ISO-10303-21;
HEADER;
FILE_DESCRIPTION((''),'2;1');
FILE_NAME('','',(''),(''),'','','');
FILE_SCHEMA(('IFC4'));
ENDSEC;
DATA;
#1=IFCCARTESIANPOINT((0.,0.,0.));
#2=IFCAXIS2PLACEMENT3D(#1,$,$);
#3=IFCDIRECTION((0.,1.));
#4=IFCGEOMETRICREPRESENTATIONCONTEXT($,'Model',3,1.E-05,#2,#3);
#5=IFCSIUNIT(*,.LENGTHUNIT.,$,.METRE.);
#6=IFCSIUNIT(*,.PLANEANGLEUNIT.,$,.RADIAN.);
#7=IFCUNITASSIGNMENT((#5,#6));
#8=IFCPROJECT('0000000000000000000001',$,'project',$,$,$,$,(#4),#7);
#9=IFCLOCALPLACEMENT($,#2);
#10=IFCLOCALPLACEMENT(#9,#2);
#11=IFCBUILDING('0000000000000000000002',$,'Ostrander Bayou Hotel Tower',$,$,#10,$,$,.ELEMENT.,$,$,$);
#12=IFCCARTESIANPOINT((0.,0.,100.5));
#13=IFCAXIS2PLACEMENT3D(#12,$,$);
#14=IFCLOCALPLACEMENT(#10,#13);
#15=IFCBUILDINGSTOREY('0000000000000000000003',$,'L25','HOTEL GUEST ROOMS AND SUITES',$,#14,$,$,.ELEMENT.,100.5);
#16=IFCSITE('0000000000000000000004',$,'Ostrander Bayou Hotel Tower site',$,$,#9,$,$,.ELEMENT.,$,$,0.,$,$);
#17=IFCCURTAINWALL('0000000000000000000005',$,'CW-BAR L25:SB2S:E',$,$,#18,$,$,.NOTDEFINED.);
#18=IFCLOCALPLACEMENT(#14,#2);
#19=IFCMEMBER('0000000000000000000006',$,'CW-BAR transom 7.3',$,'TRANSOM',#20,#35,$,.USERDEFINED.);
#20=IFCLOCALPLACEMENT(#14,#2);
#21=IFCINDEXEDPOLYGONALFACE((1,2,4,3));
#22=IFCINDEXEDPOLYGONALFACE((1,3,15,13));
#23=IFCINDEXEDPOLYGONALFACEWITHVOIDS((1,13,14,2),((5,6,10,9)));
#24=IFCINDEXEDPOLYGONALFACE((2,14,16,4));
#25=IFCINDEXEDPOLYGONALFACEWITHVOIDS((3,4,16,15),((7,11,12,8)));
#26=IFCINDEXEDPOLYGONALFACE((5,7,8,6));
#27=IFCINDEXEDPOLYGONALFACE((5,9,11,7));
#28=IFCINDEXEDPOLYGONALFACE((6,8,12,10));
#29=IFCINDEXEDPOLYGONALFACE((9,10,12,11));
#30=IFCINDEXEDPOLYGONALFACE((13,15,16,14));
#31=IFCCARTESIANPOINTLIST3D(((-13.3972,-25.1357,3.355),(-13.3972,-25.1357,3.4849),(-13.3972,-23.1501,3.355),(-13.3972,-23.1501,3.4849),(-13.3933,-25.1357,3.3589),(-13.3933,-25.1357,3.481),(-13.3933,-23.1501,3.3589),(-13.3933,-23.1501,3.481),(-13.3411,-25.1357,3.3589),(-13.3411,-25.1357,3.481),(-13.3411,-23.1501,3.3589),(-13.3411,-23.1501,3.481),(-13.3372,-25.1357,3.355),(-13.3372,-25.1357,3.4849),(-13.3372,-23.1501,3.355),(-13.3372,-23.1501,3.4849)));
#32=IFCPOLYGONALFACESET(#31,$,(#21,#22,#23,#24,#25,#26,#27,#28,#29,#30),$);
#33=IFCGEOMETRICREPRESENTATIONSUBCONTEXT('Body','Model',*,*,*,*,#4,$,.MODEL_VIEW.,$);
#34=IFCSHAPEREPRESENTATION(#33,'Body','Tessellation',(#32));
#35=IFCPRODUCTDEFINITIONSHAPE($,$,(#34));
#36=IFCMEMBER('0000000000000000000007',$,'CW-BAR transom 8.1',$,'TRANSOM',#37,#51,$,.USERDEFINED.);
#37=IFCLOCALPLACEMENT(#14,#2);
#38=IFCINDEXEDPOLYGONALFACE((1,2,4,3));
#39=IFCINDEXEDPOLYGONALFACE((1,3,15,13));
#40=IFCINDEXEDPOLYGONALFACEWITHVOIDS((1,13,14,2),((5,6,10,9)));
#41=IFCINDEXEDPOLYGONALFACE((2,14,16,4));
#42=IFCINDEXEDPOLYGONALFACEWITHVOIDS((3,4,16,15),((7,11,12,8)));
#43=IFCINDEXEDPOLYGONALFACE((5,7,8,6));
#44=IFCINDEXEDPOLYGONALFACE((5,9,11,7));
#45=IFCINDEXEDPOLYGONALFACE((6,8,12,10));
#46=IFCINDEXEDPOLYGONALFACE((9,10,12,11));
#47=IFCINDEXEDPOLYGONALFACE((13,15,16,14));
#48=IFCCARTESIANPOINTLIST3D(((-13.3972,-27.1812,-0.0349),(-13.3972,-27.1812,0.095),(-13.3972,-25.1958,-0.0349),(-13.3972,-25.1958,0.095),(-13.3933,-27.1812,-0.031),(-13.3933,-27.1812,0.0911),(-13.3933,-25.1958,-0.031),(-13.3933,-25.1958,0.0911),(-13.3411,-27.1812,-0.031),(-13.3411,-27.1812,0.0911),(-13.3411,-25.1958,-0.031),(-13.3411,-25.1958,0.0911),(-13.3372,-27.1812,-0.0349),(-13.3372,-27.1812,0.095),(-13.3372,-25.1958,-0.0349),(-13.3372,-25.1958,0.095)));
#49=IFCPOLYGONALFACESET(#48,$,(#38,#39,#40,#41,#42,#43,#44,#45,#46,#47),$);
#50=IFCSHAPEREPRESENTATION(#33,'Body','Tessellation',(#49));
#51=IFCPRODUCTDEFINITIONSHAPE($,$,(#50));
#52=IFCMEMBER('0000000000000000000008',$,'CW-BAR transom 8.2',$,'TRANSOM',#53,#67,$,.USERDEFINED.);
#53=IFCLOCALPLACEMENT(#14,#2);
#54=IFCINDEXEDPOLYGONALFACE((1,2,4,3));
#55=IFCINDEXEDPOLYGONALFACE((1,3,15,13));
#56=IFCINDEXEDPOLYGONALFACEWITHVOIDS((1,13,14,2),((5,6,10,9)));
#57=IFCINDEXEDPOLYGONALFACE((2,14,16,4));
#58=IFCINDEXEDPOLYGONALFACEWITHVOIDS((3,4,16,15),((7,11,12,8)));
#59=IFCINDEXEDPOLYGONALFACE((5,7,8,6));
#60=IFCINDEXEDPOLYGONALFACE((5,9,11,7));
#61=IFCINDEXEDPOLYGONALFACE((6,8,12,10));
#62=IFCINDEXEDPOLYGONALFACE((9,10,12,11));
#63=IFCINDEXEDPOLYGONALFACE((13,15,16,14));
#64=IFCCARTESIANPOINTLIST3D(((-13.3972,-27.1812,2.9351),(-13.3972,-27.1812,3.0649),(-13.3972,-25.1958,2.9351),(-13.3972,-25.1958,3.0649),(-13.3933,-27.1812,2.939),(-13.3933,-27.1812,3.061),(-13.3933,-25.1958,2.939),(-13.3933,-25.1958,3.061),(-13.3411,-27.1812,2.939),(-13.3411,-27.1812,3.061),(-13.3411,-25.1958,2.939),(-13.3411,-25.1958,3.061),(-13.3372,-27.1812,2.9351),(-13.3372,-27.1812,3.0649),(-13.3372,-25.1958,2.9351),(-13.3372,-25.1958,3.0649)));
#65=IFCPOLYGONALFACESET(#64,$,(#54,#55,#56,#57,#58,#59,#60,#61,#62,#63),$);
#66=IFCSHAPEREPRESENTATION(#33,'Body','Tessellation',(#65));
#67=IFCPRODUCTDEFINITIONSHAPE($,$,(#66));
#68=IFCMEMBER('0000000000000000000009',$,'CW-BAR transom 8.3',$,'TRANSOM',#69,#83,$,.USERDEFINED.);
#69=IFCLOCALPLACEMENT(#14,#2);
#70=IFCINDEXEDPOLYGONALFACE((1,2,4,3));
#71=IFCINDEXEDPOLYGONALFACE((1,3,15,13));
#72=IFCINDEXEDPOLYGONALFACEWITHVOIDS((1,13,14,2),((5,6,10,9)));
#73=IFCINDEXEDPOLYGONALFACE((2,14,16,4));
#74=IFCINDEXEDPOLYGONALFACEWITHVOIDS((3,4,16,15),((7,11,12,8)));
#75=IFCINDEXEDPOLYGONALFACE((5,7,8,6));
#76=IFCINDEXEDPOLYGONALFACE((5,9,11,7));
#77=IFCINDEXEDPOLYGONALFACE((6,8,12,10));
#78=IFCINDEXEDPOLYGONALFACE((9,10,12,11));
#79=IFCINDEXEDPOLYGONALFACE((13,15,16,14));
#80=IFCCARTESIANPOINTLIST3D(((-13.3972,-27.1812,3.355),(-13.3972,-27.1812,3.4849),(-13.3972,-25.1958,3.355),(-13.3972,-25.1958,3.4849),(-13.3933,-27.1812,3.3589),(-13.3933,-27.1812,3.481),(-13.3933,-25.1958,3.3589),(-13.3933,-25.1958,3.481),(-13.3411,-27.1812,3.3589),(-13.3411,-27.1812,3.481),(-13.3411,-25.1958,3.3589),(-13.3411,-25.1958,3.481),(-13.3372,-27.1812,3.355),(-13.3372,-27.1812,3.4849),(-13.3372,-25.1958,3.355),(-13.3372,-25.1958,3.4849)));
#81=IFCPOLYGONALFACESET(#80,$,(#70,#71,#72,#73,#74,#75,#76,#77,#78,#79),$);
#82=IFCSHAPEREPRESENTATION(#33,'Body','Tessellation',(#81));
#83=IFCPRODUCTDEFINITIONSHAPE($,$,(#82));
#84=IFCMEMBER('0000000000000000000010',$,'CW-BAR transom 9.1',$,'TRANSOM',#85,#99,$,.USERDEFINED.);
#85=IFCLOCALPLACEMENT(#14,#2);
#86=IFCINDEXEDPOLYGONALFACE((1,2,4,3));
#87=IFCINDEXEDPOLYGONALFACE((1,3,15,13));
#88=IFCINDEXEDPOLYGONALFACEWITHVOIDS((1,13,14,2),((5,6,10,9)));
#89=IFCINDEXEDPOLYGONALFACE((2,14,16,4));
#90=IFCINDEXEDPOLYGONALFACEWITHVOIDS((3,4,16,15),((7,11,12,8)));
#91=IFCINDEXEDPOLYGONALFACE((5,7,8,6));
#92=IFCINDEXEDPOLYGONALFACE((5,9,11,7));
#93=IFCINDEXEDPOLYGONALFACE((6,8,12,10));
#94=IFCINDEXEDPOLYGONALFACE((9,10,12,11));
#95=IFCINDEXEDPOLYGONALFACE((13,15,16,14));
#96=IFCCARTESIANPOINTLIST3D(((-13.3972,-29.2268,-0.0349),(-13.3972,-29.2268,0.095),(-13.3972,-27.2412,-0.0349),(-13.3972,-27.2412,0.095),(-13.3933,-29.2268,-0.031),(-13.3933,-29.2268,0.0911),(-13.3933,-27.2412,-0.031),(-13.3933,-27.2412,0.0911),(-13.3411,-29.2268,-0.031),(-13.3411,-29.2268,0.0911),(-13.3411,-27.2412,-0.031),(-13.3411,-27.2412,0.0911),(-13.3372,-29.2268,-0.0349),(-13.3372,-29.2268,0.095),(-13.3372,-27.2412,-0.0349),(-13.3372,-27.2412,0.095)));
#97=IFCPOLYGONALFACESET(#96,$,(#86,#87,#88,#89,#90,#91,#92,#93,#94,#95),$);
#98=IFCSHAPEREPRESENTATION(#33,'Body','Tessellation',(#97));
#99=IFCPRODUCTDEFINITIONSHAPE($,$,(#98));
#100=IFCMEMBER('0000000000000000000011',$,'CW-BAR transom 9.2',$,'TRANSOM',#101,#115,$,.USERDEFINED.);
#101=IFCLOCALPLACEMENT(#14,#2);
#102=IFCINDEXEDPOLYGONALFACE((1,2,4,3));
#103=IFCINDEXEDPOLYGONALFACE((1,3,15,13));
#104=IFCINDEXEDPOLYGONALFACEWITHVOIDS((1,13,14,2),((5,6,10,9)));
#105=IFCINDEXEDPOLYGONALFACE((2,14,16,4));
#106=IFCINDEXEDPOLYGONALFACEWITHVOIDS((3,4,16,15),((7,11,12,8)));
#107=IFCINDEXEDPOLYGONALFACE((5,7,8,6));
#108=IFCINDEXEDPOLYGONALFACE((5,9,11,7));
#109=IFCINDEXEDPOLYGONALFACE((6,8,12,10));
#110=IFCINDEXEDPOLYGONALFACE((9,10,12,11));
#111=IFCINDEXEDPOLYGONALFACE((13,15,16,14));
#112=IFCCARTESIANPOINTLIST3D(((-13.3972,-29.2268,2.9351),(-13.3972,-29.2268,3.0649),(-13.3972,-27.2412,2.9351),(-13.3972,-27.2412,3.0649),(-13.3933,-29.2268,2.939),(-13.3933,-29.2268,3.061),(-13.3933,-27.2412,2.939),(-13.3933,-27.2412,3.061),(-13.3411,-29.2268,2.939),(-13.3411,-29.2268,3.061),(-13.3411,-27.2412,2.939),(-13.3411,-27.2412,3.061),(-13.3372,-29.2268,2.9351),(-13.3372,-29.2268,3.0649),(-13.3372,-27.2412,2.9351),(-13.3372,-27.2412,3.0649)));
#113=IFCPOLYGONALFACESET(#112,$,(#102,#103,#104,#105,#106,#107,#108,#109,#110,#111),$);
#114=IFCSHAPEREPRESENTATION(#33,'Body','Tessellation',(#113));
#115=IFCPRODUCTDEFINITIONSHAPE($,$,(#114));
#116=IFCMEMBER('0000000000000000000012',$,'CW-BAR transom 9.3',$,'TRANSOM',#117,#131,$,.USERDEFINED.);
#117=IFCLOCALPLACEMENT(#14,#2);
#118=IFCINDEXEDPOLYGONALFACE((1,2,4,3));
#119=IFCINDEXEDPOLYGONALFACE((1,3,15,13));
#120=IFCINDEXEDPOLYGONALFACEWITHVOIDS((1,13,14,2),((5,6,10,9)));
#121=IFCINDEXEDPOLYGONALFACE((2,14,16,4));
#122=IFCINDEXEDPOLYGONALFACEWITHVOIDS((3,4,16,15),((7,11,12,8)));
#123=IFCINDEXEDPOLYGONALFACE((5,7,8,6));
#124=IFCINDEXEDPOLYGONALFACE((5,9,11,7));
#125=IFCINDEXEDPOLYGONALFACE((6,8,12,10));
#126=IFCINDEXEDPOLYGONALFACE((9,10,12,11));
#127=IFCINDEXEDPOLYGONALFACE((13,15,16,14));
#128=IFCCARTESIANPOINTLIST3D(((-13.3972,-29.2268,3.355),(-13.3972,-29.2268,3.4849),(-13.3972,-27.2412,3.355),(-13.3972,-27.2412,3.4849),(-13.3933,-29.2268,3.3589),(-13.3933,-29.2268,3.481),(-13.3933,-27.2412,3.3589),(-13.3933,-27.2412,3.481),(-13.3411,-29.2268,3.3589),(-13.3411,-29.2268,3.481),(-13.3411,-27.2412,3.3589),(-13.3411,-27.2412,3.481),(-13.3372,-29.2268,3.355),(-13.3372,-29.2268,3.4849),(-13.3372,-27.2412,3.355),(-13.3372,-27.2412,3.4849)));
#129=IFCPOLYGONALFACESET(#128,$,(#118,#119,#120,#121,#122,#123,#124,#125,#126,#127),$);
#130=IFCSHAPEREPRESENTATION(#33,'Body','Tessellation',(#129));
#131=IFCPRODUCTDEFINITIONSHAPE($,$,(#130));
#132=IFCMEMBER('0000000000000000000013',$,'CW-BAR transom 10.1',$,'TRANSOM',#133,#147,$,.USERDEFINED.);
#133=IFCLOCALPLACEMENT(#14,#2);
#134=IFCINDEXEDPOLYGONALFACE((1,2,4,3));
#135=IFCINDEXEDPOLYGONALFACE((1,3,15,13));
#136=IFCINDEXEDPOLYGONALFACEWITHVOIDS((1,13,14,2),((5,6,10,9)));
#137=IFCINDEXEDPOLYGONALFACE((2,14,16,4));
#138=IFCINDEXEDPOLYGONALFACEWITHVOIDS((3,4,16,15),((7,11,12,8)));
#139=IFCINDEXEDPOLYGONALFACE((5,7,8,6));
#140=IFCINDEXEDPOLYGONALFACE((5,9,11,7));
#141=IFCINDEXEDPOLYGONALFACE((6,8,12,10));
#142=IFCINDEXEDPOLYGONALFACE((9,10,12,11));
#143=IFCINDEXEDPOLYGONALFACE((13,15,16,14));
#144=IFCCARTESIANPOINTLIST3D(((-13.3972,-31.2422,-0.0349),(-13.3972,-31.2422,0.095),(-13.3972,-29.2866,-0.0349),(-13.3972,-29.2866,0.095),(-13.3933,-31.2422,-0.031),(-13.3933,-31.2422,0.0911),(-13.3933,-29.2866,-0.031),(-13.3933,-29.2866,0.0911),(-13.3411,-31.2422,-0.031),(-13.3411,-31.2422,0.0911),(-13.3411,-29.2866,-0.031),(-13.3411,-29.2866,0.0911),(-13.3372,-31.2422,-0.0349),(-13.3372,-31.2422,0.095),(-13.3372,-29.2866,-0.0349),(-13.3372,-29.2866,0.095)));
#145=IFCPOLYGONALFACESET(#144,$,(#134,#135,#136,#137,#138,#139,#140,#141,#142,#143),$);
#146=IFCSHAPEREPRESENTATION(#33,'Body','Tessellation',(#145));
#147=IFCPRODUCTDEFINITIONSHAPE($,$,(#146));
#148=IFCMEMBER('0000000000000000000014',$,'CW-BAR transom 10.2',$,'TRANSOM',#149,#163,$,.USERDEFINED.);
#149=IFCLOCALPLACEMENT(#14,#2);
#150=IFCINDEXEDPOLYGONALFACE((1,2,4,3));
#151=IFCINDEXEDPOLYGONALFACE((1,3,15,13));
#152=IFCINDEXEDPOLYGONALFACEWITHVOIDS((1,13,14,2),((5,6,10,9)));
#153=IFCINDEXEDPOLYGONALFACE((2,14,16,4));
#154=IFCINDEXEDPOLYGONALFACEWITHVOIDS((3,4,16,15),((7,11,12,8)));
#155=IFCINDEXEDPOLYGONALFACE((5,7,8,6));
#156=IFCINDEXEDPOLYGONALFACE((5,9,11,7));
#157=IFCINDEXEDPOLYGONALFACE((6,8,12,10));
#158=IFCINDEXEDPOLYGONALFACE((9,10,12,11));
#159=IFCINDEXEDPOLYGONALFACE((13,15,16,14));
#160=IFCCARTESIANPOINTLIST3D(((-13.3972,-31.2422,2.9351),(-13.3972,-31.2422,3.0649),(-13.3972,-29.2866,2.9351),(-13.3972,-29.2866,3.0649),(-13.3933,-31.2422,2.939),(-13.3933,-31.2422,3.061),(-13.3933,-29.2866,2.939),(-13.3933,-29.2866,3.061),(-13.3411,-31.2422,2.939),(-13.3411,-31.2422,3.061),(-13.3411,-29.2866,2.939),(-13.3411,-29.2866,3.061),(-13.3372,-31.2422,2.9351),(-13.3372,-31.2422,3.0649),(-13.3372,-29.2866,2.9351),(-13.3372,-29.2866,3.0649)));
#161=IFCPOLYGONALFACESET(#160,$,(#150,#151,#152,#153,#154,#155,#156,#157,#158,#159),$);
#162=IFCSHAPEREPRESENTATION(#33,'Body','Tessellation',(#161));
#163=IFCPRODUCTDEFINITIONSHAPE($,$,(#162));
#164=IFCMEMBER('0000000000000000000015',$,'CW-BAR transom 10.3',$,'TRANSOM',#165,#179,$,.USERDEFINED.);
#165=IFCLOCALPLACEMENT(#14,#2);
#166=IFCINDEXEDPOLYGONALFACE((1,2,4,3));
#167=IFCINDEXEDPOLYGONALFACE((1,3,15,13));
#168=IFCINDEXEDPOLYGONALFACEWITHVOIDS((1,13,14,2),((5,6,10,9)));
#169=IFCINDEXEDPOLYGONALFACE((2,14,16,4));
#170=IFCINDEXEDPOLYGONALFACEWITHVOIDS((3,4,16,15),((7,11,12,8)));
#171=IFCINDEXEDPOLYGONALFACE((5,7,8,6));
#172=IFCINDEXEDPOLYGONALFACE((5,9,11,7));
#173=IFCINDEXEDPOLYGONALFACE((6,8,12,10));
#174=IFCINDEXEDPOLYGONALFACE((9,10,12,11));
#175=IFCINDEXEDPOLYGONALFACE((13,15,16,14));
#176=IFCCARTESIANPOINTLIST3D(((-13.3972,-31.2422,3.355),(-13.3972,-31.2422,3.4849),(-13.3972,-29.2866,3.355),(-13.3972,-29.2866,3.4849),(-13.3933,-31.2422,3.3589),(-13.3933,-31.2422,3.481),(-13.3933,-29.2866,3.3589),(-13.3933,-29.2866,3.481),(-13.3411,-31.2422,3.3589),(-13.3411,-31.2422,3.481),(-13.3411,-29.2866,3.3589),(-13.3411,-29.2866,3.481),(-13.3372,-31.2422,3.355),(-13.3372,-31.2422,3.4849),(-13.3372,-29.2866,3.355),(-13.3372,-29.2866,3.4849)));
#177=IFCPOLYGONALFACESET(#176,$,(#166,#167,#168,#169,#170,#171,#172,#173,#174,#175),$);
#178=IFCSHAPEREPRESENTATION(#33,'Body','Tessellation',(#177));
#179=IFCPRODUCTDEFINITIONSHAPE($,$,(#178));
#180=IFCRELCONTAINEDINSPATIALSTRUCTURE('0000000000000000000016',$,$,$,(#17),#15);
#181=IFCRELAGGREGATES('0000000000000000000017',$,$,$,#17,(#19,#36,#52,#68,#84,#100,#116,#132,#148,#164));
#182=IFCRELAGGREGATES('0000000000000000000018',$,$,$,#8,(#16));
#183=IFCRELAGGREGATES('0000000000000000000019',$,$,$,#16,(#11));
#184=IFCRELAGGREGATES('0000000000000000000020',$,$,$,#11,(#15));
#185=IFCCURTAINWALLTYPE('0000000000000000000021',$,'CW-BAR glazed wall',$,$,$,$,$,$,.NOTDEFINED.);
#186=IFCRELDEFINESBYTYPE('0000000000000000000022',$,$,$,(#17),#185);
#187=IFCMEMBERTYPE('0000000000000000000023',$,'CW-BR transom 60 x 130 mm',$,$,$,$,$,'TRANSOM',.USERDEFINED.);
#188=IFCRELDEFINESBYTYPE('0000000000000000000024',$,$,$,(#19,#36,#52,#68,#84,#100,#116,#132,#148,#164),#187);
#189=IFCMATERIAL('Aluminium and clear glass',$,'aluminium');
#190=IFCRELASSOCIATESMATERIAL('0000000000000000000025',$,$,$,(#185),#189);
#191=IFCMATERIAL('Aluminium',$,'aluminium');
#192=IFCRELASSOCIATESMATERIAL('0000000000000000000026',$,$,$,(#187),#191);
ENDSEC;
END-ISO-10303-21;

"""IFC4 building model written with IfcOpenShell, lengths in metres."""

from ifc_helpers import new_model, si_unit, direction, frame, origin, origin_2d, place, context, subcontext, project, spatial, hollow_rectangle, extrude, material, material_profile, profile_set, type_object, element, aggregate, save


model = new_model("IFC4")

# Units and contexts
model_context = context("Model", 3, precision=1e-05, world=origin(), true_north=direction((0.0, 1.0)))
body_context = subcontext(model_context, "Body", "Model", "MODEL_VIEW")
ifc_project = project(units=[si_unit("LENGTHUNIT", "METRE"), si_unit("PLANEANGLEUNIT", "RADIAN")], contexts=[model_context])

# Site, building, storey
site_placement = place(None, origin())
site = spatial("IfcSite", under=ifc_project, at=site_placement, Name="Ostrander Bayou Hotel Tower site", CompositionType="ELEMENT", RefElevation=0.0)
building_placement = place(site_placement, origin())
building = spatial("IfcBuilding", under=site, at=building_placement, Name="Ostrander Bayou Hotel Tower", CompositionType="ELEMENT")
storey_placement = place(building_placement, frame((0.0, 0.0, 100.5)))
storey = spatial("IfcBuildingStorey", under=building, at=storey_placement, Name="L25", Description="HOTEL GUEST ROOMS AND SUITES", CompositionType="ELEMENT", Elevation=100.5)

# Curtain wall, members
ifc_material_1 = material(Name="Aluminium and clear glass", Category="aluminium")
curtain_wall_type = type_object("IfcCurtainWallType", Name="CW-BAR glazed wall", PredefinedType="NOTDEFINED", material=ifc_material_1)
curtain_wall_placement = place(storey_placement, origin())
curtain_wall = element("IfcCurtainWall", 1, at=curtain_wall_placement, inside=storey, type_object=curtain_wall_type, Name="CW-BAR L25:SB2S:E", PredefinedType="NOTDEFINED")
ifc_material_2 = material(Name="Aluminium", Category="aluminium")
ifc_material_profile_1 = material_profile(ifc_material_2, hollow_rectangle(XDim=0.0601, YDim=0.1299, WallThickness=0.0039, at=origin_2d()))
ifc_profile_set_1 = profile_set([ifc_material_profile_1], Name="Aluminium")
member_type_1 = type_object("IfcMemberType", Name="CW-BR transom 60 x 130 mm", ElementType="TRANSOM", PredefinedType="USERDEFINED", material=ifc_profile_set_1)
member_1_placement = place(storey_placement, frame((-13.3672, -23.1501, 3.4199), z_axis=(0.0, -1.0, 0.0), x_axis=(1.0, 0.0, 0.0)))
member_1 = element("IfcMember", 2, at=member_1_placement, type_object=member_type_1, Name="CW-BAR transom 7.3", ObjectType="TRANSOM", PredefinedType="USERDEFINED", context=body_context, shape_type="SweptSolid", body=[
    extrude(hollow_rectangle(XDim=0.0601, YDim=0.1299, WallThickness=0.0039, at=origin_2d()), origin(), (0.0, 0.0, 1.0), 1.9856),
])
member_2_placement = place(storey_placement, frame((-13.3672, -25.1958, 0.03), z_axis=(0.0, -1.0, 0.0), x_axis=(1.0, 0.0, 0.0)))
member_2 = element("IfcMember", 3, at=member_2_placement, type_object=member_type_1, Name="CW-BAR transom 8.1", ObjectType="TRANSOM", PredefinedType="USERDEFINED", context=body_context, shape_type="SweptSolid", body=[
    extrude(hollow_rectangle(XDim=0.0601, YDim=0.1299, WallThickness=0.0039, at=origin_2d()), origin(), (0.0, 0.0, 1.0), 1.9854),
])
member_3_placement = place(storey_placement, frame((-13.3672, -25.1958, 3.0), z_axis=(0.0, -1.0, 0.0), x_axis=(1.0, 0.0, 0.0)))
member_3 = element("IfcMember", 4, at=member_3_placement, type_object=member_type_1, Name="CW-BAR transom 8.2", ObjectType="TRANSOM", PredefinedType="USERDEFINED", context=body_context, shape_type="SweptSolid", body=[
    extrude(hollow_rectangle(XDim=0.0601, YDim=0.1299, WallThickness=0.0039, at=origin_2d()), origin(), (0.0, 0.0, 1.0), 1.9854),
])
member_4_placement = place(storey_placement, frame((-13.3672, -25.1958, 3.4199), z_axis=(0.0, -1.0, 0.0), x_axis=(1.0, 0.0, 0.0)))
member_4 = element("IfcMember", 5, at=member_4_placement, type_object=member_type_1, Name="CW-BAR transom 8.3", ObjectType="TRANSOM", PredefinedType="USERDEFINED", context=body_context, shape_type="SweptSolid", body=[
    extrude(hollow_rectangle(XDim=0.0601, YDim=0.1299, WallThickness=0.0039, at=origin_2d()), origin(), (0.0, 0.0, 1.0), 1.9854),
])
member_5_placement = place(storey_placement, frame((-13.3672, -27.2412, 0.03), z_axis=(0.0, -1.0, 0.0), x_axis=(1.0, 0.0, 0.0)))
member_5 = element("IfcMember", 6, at=member_5_placement, type_object=member_type_1, Name="CW-BAR transom 9.1", ObjectType="TRANSOM", PredefinedType="USERDEFINED", context=body_context, shape_type="SweptSolid", body=[
    extrude(hollow_rectangle(XDim=0.0601, YDim=0.1299, WallThickness=0.0039, at=origin_2d()), origin(), (0.0, 0.0, 1.0), 1.9856),
])
member_6_placement = place(storey_placement, frame((-13.3672, -27.2412, 3.0), z_axis=(0.0, -1.0, 0.0), x_axis=(1.0, 0.0, 0.0)))
member_6 = element("IfcMember", 7, at=member_6_placement, type_object=member_type_1, Name="CW-BAR transom 9.2", ObjectType="TRANSOM", PredefinedType="USERDEFINED", context=body_context, shape_type="SweptSolid", body=[
    extrude(hollow_rectangle(XDim=0.0601, YDim=0.1299, WallThickness=0.0039, at=origin_2d()), origin(), (0.0, 0.0, 1.0), 1.9856),
])
member_7_placement = place(storey_placement, frame((-13.3672, -27.2412, 3.4199), z_axis=(0.0, -1.0, 0.0), x_axis=(1.0, 0.0, 0.0)))
member_7 = element("IfcMember", 8, at=member_7_placement, type_object=member_type_1, Name="CW-BAR transom 9.3", ObjectType="TRANSOM", PredefinedType="USERDEFINED", context=body_context, shape_type="SweptSolid", body=[
    extrude(hollow_rectangle(XDim=0.0601, YDim=0.1299, WallThickness=0.0039, at=origin_2d()), origin(), (0.0, 0.0, 1.0), 1.9856),
])
member_8_placement = place(storey_placement, frame((-13.3672, -29.2866, 0.03), z_axis=(0.0, -1.0, 0.0), x_axis=(1.0, 0.0, 0.0)))
member_8 = element("IfcMember", 9, at=member_8_placement, type_object=member_type_1, Name="CW-BAR transom 10.1", ObjectType="TRANSOM", PredefinedType="USERDEFINED", context=body_context, shape_type="SweptSolid", body=[
    extrude(hollow_rectangle(XDim=0.0601, YDim=0.1299, WallThickness=0.0039, at=origin_2d()), origin(), (0.0, 0.0, 1.0), 1.9556),
])
member_9_placement = place(storey_placement, frame((-13.3672, -29.2866, 3.0), z_axis=(0.0, -1.0, 0.0), x_axis=(1.0, 0.0, 0.0)))
member_9 = element("IfcMember", 10, at=member_9_placement, type_object=member_type_1, Name="CW-BAR transom 10.2", ObjectType="TRANSOM", PredefinedType="USERDEFINED", context=body_context, shape_type="SweptSolid", body=[
    extrude(hollow_rectangle(XDim=0.0601, YDim=0.1299, WallThickness=0.0039, at=origin_2d()), origin(), (0.0, 0.0, 1.0), 1.9556),
])
member_10_placement = place(storey_placement, frame((-13.3672, -29.2866, 3.4199), z_axis=(0.0, -1.0, 0.0), x_axis=(1.0, 0.0, 0.0)))
member_10 = element("IfcMember", 11, at=member_10_placement, type_object=member_type_1, Name="CW-BAR transom 10.3", ObjectType="TRANSOM", PredefinedType="USERDEFINED", context=body_context, shape_type="SweptSolid", body=[
    extrude(hollow_rectangle(XDim=0.0601, YDim=0.1299, WallThickness=0.0039, at=origin_2d()), origin(), (0.0, 0.0, 1.0), 1.9556),
])

aggregate(curtain_wall, [member_1, member_2, member_3, member_4, member_5, member_6, member_7, member_8, member_9, member_10])

save(model, "model.ifc")
